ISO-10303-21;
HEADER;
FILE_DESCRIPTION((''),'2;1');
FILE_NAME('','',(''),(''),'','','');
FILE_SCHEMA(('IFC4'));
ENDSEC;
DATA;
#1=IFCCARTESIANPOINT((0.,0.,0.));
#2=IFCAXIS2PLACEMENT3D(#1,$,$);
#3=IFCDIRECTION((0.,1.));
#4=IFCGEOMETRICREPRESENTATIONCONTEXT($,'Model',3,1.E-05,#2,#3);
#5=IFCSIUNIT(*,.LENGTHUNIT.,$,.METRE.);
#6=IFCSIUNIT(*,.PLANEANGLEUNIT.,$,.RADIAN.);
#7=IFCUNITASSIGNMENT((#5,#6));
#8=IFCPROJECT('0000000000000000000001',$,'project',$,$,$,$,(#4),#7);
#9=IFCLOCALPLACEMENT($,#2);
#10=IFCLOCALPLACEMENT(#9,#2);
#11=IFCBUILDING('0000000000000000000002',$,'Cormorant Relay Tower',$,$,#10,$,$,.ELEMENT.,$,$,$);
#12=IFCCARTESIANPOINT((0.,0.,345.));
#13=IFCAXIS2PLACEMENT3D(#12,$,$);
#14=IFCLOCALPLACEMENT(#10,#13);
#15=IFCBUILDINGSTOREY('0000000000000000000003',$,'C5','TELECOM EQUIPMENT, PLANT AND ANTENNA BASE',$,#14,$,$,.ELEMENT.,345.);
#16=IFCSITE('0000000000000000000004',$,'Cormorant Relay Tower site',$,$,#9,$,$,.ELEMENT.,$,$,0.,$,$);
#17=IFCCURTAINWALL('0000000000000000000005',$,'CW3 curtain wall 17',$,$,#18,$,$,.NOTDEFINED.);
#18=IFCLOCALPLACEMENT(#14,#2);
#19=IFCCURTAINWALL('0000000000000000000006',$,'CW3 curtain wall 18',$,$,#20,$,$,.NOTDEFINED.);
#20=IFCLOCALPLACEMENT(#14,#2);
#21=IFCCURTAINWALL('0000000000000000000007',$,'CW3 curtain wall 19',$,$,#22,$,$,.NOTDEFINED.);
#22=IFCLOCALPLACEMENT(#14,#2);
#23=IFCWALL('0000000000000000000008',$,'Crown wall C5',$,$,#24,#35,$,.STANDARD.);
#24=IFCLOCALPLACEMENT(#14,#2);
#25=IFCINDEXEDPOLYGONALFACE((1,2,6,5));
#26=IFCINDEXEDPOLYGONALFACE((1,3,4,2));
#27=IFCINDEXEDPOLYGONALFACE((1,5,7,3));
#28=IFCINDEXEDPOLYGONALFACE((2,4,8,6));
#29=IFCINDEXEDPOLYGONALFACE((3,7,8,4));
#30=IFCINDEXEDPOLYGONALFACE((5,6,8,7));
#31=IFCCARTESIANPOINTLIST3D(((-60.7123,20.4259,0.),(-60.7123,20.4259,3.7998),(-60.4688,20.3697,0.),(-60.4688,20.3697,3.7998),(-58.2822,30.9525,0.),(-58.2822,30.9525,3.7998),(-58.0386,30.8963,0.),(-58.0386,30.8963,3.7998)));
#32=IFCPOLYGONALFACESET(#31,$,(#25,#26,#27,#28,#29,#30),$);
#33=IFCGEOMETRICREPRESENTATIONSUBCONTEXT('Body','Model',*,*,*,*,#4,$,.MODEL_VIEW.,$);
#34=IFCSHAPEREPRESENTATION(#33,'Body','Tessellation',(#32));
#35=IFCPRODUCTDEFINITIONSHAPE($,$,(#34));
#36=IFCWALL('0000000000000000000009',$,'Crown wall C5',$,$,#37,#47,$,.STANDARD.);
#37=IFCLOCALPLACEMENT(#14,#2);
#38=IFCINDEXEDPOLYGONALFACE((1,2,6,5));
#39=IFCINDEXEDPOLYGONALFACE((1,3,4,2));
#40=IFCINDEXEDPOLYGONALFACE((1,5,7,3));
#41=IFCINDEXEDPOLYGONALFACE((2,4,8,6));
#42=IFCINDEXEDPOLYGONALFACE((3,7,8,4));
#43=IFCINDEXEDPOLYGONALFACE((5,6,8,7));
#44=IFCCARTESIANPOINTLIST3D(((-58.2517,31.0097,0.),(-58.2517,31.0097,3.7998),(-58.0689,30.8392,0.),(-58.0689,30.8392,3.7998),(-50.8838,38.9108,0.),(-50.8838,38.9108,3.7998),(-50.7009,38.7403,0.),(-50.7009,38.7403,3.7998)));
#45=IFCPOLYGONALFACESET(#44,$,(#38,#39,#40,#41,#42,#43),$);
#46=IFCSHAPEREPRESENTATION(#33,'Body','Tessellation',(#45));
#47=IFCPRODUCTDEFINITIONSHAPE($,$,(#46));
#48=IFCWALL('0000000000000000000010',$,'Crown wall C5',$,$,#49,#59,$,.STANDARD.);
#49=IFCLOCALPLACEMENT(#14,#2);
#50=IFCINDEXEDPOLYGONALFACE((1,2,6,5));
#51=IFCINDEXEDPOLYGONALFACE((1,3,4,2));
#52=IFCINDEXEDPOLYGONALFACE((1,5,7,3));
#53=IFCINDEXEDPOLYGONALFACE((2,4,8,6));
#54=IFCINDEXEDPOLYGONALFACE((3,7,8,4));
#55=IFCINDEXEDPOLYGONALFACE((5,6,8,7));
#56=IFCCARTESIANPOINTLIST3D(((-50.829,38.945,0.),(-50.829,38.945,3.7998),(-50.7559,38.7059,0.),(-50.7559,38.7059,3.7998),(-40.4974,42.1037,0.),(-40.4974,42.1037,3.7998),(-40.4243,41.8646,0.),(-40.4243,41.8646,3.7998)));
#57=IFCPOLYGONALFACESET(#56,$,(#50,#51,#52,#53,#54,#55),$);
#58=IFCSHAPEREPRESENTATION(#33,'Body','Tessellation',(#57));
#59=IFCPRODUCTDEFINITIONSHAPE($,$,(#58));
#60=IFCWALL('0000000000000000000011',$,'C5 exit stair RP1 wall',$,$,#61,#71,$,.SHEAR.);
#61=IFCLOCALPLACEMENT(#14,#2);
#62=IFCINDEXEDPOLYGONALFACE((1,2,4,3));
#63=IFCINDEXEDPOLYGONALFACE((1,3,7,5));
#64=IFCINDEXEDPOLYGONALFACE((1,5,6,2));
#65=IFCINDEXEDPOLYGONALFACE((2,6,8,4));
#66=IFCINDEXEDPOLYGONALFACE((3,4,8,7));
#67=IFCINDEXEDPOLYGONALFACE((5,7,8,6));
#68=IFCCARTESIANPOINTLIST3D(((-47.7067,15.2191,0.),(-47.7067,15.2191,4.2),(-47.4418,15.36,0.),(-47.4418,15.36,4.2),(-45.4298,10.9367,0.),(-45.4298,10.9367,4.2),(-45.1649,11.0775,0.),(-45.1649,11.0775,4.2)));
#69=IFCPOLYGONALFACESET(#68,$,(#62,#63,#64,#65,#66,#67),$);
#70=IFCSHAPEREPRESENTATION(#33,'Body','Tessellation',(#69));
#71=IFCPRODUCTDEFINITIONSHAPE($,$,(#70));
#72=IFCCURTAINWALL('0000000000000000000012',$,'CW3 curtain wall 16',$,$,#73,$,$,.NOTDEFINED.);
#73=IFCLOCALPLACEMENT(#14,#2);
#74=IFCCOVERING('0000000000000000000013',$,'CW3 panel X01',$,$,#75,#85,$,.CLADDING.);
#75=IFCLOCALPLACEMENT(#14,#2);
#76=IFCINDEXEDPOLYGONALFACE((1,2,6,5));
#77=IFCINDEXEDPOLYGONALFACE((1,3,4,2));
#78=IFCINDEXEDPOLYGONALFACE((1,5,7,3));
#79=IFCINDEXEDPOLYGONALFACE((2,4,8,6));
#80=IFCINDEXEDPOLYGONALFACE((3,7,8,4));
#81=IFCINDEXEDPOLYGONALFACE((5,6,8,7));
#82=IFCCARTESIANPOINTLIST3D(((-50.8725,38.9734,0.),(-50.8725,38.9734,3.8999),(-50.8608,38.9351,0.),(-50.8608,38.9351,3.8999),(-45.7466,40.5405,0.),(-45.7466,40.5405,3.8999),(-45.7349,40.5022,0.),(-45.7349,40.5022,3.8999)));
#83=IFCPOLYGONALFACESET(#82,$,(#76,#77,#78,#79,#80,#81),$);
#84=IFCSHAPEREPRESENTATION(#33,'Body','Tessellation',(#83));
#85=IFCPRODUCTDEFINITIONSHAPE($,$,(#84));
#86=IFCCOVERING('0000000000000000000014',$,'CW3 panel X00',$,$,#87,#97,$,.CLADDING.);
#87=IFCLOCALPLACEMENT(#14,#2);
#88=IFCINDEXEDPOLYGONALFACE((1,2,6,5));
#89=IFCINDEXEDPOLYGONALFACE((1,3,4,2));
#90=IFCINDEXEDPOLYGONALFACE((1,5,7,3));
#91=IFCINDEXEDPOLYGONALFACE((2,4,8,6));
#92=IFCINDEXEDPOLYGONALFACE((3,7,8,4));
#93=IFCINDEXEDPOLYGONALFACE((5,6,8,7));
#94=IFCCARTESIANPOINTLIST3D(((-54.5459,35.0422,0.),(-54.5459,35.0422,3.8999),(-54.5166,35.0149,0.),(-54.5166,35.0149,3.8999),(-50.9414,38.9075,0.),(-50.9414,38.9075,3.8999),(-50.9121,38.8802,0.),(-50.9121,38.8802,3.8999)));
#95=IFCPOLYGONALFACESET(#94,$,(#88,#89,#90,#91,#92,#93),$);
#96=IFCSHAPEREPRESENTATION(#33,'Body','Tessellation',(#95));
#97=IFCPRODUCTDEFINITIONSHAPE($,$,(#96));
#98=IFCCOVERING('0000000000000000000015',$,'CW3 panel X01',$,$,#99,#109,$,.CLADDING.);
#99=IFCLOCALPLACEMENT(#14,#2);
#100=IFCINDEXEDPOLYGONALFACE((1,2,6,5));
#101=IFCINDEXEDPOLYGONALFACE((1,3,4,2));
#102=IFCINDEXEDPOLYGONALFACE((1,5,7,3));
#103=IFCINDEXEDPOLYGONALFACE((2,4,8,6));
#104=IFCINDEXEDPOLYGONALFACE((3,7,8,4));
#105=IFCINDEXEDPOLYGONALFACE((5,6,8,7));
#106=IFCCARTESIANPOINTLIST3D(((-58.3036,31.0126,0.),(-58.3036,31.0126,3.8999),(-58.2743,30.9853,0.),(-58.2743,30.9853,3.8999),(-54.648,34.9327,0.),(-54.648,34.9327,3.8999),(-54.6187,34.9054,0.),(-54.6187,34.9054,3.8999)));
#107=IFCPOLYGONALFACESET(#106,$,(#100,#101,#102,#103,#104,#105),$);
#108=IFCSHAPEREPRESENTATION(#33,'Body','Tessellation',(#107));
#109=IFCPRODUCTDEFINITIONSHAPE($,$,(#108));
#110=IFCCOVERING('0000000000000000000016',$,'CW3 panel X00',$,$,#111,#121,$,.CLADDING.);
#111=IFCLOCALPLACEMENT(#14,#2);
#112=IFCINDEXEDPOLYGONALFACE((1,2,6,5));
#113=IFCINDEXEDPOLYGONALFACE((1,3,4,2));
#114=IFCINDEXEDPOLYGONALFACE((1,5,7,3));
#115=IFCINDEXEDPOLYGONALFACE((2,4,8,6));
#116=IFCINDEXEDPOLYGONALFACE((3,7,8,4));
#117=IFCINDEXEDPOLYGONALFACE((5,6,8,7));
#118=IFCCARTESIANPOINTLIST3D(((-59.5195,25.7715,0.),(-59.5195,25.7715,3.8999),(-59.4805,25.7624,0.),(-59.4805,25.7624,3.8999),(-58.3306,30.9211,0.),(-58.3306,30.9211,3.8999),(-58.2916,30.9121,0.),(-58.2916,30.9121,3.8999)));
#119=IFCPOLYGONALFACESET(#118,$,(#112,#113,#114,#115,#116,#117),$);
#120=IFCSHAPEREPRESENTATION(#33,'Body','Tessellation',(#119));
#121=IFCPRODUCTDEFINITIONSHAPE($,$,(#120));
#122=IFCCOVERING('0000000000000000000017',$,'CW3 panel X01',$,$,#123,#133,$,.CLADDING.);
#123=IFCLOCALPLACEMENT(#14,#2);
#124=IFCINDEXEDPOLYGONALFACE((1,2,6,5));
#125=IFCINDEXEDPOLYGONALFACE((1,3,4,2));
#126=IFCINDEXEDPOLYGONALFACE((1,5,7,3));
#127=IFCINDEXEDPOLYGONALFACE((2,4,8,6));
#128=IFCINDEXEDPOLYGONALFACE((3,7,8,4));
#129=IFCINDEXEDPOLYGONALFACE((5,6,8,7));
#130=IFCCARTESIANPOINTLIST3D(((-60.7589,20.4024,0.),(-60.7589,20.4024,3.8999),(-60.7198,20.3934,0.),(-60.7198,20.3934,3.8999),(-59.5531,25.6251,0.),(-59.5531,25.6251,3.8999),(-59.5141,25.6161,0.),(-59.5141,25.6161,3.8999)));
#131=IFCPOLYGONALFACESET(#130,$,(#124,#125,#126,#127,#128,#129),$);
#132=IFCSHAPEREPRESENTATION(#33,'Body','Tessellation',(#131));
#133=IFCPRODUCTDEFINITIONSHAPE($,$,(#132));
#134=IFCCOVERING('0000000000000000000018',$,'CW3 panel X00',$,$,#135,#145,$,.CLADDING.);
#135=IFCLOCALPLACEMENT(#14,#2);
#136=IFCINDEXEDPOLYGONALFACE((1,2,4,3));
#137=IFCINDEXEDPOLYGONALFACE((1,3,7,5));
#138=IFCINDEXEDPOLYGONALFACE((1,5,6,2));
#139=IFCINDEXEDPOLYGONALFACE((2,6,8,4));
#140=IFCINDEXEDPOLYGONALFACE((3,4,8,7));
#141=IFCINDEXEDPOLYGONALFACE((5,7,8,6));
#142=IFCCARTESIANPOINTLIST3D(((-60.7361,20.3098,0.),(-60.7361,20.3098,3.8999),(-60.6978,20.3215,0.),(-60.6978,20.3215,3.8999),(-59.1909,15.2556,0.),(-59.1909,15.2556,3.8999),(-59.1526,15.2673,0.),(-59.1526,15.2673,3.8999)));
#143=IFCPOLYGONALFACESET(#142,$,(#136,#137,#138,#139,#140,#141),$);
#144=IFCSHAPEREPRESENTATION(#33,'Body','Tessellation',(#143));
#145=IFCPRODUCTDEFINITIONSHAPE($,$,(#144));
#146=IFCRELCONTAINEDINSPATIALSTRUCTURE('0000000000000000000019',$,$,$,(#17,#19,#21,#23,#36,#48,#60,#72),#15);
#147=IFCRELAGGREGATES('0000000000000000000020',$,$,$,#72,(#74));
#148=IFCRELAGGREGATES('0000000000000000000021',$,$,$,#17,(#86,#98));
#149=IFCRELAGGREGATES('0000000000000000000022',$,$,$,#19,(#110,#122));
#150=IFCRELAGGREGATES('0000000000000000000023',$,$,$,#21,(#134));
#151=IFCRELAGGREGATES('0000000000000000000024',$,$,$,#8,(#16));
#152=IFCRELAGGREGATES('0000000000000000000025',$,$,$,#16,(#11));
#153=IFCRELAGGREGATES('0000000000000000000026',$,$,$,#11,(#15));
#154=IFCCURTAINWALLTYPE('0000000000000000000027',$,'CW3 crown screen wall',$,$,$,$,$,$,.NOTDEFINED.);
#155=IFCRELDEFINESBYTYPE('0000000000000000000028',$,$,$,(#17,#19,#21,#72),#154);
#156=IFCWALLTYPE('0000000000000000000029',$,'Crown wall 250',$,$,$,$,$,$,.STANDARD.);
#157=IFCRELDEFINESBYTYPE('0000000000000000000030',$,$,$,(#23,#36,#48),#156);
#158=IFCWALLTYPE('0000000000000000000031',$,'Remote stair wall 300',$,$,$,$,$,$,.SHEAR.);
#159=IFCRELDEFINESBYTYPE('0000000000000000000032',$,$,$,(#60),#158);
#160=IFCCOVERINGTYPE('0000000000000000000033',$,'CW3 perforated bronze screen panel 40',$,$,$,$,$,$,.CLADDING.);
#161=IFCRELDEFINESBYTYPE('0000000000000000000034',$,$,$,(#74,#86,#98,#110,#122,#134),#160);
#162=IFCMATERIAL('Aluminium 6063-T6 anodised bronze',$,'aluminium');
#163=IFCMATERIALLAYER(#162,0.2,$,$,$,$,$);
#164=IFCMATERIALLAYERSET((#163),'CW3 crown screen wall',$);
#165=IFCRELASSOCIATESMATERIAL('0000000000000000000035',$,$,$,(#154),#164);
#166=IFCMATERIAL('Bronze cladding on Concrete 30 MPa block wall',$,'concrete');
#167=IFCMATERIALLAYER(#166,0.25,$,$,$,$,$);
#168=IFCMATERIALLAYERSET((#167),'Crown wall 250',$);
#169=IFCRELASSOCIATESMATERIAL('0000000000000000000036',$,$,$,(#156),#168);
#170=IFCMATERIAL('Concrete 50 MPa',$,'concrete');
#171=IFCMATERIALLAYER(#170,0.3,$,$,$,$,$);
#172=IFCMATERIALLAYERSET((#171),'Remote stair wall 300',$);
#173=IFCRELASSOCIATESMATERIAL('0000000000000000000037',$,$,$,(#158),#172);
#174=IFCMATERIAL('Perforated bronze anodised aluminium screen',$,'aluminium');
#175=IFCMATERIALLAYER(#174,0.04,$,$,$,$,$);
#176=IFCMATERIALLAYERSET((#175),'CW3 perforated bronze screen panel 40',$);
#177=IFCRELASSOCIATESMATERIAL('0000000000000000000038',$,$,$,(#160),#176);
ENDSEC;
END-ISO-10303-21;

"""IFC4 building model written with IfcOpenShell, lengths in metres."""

from ifc_helpers import new_model, si_unit, direction, frame, frame_2d, origin, origin_2d, place, context, subcontext, project, spatial, rectangle, extrude, material, layer, layer_set, type_object, element, aggregate, save


model = new_model("IFC4")

# Units and contexts
model_context = context("Model", 3, precision=1e-05, world=origin(), true_north=direction((0.0, 1.0)))
body_context = subcontext(model_context, "Body", "Model", "MODEL_VIEW")
ifc_project = project(units=[si_unit("LENGTHUNIT", "METRE"), si_unit("PLANEANGLEUNIT", "RADIAN")], contexts=[model_context])

# Site, building, storey
site_placement = place(None, origin())
site = spatial("IfcSite", under=ifc_project, at=site_placement, Name="Cormorant Relay Tower site", CompositionType="ELEMENT", RefElevation=0.0)
building_placement = place(site_placement, origin())
building = spatial("IfcBuilding", under=site, at=building_placement, Name="Cormorant Relay Tower", CompositionType="ELEMENT")
storey_placement = place(building_placement, frame((0.0, 0.0, 345.0)))
storey = spatial("IfcBuildingStorey", under=building, at=storey_placement, Name="C5", Description="TELECOM EQUIPMENT, PLANT AND ANTENNA BASE", CompositionType="ELEMENT", Elevation=345.0)

# Curtain walls
ifc_material_1 = material(Name="Aluminium 6063-T6 anodised bronze", Category="aluminium")
ifc_layer_1 = layer(ifc_material_1, 0.2)
ifc_layer_set_1 = layer_set([ifc_layer_1], Name="CW3 crown screen wall")
curtain_wall_type = type_object("IfcCurtainWallType", Name="CW3 crown screen wall", PredefinedType="NOTDEFINED", material=ifc_layer_set_1)
curtain_wall_1_placement = place(storey_placement, origin())
curtain_wall_1 = element("IfcCurtainWall", 1, at=curtain_wall_1_placement, inside=storey, type_object=curtain_wall_type, Name="CW3 curtain wall 17", PredefinedType="NOTDEFINED")
curtain_wall_2_placement = place(storey_placement, origin())
curtain_wall_2 = element("IfcCurtainWall", 2, at=curtain_wall_2_placement, inside=storey, type_object=curtain_wall_type, Name="CW3 curtain wall 18", PredefinedType="NOTDEFINED")
curtain_wall_3_placement = place(storey_placement, origin())
curtain_wall_3 = element("IfcCurtainWall", 3, at=curtain_wall_3_placement, inside=storey, type_object=curtain_wall_type, Name="CW3 curtain wall 19", PredefinedType="NOTDEFINED")

# Walls
ifc_material_2 = material(Name="Bronze cladding on Concrete 30 MPa block wall", Category="concrete")
ifc_layer_2 = layer(ifc_material_2, 0.25)
ifc_layer_set_2 = layer_set([ifc_layer_2], Name="Crown wall 250")
wall_type_1 = type_object("IfcWallType", Name="Crown wall 250", PredefinedType="STANDARD", material=ifc_layer_set_2)
for number, where, z_axis, x_axis, name in (
    (4, (-60.5906, 20.3977, 0.0), (0.0, 0.0, 1.0), (0.224944, 0.974372, 0.0), "Crown wall C5"),
    (5, (-58.1604, 30.9243, 0.0), (0.0, 0.0, 1.0), (0.681999, 0.731354, 0.0), "Crown wall C5"),
):
    element("IfcWall", number, at=place(storey_placement, frame(where, z_axis=z_axis, x_axis=x_axis)), inside=storey, type_object=wall_type_1, Name=name, PredefinedType="STANDARD", context=body_context, shape_type="SweptSolid", body=[
        extrude(rectangle(XDim=10.8035, YDim=0.25, at=frame_2d((5.4019, 0.0))), origin(), (0.0, 0.0, 1.0), 3.7998),
    ])
wall_1_placement = place(storey_placement, frame((-50.7925, 38.8254, 0.0), z_axis=(0.0, 0.0, 1.0), x_axis=(0.956304, 0.292374, 0.0)))
element("IfcWall", 6, at=wall_1_placement, inside=storey, type_object=wall_type_1, Name="Crown wall C5", PredefinedType="STANDARD", context=body_context, shape_type="SweptSolid", body=[
    extrude(rectangle(XDim=10.8037, YDim=0.25, at=frame_2d((5.4019, 0.0))), origin(), (0.0, 0.0, 1.0), 3.7998),
])
ifc_material_3 = material(Name="Concrete 50 MPa", Category="concrete")
ifc_layer_3 = layer(ifc_material_3, 0.3)
ifc_layer_set_3 = layer_set([ifc_layer_3], Name="Remote stair wall 300")
wall_type_2 = type_object("IfcWallType", Name="Remote stair wall 300", PredefinedType="SHEAR", material=ifc_layer_set_3)
wall_2_placement = place(storey_placement, frame((-47.5742, 15.2896, 0.0), z_axis=(0.0, 0.0, 1.0), x_axis=(0.469443, -0.882963, 0.0)))
element("IfcWall", 7, at=wall_2_placement, inside=storey, type_object=wall_type_2, Name="C5 exit stair RP1 wall", PredefinedType="SHEAR", context=body_context, shape_type="SweptSolid", body=[
    extrude(rectangle(XDim=4.8501, YDim=0.3, at=frame_2d((2.425, 0.0))), origin(), (0.0, 0.0, 1.0), 4.2),
])

# Curtain wall, covering
curtain_wall_4_placement = place(storey_placement, origin())
curtain_wall_4 = element("IfcCurtainWall", 8, at=curtain_wall_4_placement, inside=storey, type_object=curtain_wall_type, Name="CW3 curtain wall 16", PredefinedType="NOTDEFINED")
ifc_material_4 = material(Name="Perforated bronze anodised aluminium screen", Category="aluminium")
ifc_layer_4 = layer(ifc_material_4, 0.04)
ifc_layer_set_4 = layer_set([ifc_layer_4], Name="CW3 perforated bronze screen panel 40")
covering_type = type_object("IfcCoveringType", Name="CW3 perforated bronze screen panel 40", PredefinedType="CLADDING", material=ifc_layer_set_4)
covering_1_placement = place(storey_placement, frame((-48.3037, 39.7378, 0.0), z_axis=(0.0, 0.0, 1.0), x_axis=(-0.956305, -0.292372, 0.0)))
covering_1 = element("IfcCovering", 9, at=covering_1_placement, type_object=covering_type, Name="CW3 panel X01", PredefinedType="CLADDING", context=body_context, shape_type="SweptSolid", body=[
    extrude(rectangle(XDim=5.3601, YDim=0.04, at=origin_2d()), origin(), (0.0, 0.0, 1.0), 3.8999),
])
aggregate(curtain_wall_4, [covering_1])

# Coverings
covering_2_placement = place(storey_placement, frame((-52.729, 36.9612, 0.0), z_axis=(0.0, 0.0, 1.0), x_axis=(-0.681998, -0.731354, 0.0)))
covering_2 = element("IfcCovering", 10, at=covering_2_placement, type_object=covering_type, Name="CW3 panel X00", PredefinedType="CLADDING", context=body_context, shape_type="SweptSolid", body=[
    extrude(rectangle(XDim=5.2852, YDim=0.04, at=origin_2d()), origin(), (0.0, 0.0, 1.0), 3.8999),
])
covering_3_placement = place(storey_placement, frame((-56.4612, 32.959, 0.0), z_axis=(0.0, 0.0, 1.0), x_axis=(-0.681998, -0.731354, 0.0)))
covering_3 = element("IfcCovering", 11, at=covering_3_placement, type_object=covering_type, Name="CW3 panel X01", PredefinedType="CLADDING", context=body_context, shape_type="SweptSolid", body=[
    extrude(rectangle(XDim=5.3601, YDim=0.04, at=origin_2d()), origin(), (0.0, 0.0, 1.0), 3.8999),
])
aggregate(curtain_wall_1, [covering_2, covering_3])
covering_4_placement = place(storey_placement, frame((-58.9055, 28.3418, 0.0), z_axis=(0.0, 0.0, 1.0), x_axis=(-0.224951, -0.97437, 0.0)))
covering_4 = element("IfcCovering", 12, at=covering_4_placement, type_object=covering_type, Name="CW3 panel X00", PredefinedType="CLADDING", context=body_context, shape_type="SweptSolid", body=[
    extrude(rectangle(XDim=5.2852, YDim=0.04, at=origin_2d()), origin(), (0.0, 0.0, 1.0), 3.8999),
])
covering_5_placement = place(storey_placement, frame((-60.1365, 23.0093, 0.0), z_axis=(0.0, 0.0, 1.0), x_axis=(-0.224951, -0.97437, 0.0)))
covering_5 = element("IfcCovering", 13, at=covering_5_placement, type_object=covering_type, Name="CW3 panel X01", PredefinedType="CLADDING", context=body_context, shape_type="SweptSolid", body=[
    extrude(rectangle(XDim=5.3601, YDim=0.04, at=origin_2d()), origin(), (0.0, 0.0, 1.0), 3.8999),
])
aggregate(curtain_wall_2, [covering_4, covering_5])
covering_6_placement = place(storey_placement, frame((-59.9443, 17.7886, 0.0), z_axis=(0.0, 0.0, 1.0), x_axis=(0.292372, -0.956305, 0.0)))
covering_6 = element("IfcCovering", 14, at=covering_6_placement, type_object=covering_type, Name="CW3 panel X00", PredefinedType="CLADDING", context=body_context, shape_type="SweptSolid", body=[
    extrude(rectangle(XDim=5.2852, YDim=0.04, at=origin_2d()), origin(), (0.0, 0.0, 1.0), 3.8999),
])
aggregate(curtain_wall_3, [covering_6])

save(model, "model.ifc")
